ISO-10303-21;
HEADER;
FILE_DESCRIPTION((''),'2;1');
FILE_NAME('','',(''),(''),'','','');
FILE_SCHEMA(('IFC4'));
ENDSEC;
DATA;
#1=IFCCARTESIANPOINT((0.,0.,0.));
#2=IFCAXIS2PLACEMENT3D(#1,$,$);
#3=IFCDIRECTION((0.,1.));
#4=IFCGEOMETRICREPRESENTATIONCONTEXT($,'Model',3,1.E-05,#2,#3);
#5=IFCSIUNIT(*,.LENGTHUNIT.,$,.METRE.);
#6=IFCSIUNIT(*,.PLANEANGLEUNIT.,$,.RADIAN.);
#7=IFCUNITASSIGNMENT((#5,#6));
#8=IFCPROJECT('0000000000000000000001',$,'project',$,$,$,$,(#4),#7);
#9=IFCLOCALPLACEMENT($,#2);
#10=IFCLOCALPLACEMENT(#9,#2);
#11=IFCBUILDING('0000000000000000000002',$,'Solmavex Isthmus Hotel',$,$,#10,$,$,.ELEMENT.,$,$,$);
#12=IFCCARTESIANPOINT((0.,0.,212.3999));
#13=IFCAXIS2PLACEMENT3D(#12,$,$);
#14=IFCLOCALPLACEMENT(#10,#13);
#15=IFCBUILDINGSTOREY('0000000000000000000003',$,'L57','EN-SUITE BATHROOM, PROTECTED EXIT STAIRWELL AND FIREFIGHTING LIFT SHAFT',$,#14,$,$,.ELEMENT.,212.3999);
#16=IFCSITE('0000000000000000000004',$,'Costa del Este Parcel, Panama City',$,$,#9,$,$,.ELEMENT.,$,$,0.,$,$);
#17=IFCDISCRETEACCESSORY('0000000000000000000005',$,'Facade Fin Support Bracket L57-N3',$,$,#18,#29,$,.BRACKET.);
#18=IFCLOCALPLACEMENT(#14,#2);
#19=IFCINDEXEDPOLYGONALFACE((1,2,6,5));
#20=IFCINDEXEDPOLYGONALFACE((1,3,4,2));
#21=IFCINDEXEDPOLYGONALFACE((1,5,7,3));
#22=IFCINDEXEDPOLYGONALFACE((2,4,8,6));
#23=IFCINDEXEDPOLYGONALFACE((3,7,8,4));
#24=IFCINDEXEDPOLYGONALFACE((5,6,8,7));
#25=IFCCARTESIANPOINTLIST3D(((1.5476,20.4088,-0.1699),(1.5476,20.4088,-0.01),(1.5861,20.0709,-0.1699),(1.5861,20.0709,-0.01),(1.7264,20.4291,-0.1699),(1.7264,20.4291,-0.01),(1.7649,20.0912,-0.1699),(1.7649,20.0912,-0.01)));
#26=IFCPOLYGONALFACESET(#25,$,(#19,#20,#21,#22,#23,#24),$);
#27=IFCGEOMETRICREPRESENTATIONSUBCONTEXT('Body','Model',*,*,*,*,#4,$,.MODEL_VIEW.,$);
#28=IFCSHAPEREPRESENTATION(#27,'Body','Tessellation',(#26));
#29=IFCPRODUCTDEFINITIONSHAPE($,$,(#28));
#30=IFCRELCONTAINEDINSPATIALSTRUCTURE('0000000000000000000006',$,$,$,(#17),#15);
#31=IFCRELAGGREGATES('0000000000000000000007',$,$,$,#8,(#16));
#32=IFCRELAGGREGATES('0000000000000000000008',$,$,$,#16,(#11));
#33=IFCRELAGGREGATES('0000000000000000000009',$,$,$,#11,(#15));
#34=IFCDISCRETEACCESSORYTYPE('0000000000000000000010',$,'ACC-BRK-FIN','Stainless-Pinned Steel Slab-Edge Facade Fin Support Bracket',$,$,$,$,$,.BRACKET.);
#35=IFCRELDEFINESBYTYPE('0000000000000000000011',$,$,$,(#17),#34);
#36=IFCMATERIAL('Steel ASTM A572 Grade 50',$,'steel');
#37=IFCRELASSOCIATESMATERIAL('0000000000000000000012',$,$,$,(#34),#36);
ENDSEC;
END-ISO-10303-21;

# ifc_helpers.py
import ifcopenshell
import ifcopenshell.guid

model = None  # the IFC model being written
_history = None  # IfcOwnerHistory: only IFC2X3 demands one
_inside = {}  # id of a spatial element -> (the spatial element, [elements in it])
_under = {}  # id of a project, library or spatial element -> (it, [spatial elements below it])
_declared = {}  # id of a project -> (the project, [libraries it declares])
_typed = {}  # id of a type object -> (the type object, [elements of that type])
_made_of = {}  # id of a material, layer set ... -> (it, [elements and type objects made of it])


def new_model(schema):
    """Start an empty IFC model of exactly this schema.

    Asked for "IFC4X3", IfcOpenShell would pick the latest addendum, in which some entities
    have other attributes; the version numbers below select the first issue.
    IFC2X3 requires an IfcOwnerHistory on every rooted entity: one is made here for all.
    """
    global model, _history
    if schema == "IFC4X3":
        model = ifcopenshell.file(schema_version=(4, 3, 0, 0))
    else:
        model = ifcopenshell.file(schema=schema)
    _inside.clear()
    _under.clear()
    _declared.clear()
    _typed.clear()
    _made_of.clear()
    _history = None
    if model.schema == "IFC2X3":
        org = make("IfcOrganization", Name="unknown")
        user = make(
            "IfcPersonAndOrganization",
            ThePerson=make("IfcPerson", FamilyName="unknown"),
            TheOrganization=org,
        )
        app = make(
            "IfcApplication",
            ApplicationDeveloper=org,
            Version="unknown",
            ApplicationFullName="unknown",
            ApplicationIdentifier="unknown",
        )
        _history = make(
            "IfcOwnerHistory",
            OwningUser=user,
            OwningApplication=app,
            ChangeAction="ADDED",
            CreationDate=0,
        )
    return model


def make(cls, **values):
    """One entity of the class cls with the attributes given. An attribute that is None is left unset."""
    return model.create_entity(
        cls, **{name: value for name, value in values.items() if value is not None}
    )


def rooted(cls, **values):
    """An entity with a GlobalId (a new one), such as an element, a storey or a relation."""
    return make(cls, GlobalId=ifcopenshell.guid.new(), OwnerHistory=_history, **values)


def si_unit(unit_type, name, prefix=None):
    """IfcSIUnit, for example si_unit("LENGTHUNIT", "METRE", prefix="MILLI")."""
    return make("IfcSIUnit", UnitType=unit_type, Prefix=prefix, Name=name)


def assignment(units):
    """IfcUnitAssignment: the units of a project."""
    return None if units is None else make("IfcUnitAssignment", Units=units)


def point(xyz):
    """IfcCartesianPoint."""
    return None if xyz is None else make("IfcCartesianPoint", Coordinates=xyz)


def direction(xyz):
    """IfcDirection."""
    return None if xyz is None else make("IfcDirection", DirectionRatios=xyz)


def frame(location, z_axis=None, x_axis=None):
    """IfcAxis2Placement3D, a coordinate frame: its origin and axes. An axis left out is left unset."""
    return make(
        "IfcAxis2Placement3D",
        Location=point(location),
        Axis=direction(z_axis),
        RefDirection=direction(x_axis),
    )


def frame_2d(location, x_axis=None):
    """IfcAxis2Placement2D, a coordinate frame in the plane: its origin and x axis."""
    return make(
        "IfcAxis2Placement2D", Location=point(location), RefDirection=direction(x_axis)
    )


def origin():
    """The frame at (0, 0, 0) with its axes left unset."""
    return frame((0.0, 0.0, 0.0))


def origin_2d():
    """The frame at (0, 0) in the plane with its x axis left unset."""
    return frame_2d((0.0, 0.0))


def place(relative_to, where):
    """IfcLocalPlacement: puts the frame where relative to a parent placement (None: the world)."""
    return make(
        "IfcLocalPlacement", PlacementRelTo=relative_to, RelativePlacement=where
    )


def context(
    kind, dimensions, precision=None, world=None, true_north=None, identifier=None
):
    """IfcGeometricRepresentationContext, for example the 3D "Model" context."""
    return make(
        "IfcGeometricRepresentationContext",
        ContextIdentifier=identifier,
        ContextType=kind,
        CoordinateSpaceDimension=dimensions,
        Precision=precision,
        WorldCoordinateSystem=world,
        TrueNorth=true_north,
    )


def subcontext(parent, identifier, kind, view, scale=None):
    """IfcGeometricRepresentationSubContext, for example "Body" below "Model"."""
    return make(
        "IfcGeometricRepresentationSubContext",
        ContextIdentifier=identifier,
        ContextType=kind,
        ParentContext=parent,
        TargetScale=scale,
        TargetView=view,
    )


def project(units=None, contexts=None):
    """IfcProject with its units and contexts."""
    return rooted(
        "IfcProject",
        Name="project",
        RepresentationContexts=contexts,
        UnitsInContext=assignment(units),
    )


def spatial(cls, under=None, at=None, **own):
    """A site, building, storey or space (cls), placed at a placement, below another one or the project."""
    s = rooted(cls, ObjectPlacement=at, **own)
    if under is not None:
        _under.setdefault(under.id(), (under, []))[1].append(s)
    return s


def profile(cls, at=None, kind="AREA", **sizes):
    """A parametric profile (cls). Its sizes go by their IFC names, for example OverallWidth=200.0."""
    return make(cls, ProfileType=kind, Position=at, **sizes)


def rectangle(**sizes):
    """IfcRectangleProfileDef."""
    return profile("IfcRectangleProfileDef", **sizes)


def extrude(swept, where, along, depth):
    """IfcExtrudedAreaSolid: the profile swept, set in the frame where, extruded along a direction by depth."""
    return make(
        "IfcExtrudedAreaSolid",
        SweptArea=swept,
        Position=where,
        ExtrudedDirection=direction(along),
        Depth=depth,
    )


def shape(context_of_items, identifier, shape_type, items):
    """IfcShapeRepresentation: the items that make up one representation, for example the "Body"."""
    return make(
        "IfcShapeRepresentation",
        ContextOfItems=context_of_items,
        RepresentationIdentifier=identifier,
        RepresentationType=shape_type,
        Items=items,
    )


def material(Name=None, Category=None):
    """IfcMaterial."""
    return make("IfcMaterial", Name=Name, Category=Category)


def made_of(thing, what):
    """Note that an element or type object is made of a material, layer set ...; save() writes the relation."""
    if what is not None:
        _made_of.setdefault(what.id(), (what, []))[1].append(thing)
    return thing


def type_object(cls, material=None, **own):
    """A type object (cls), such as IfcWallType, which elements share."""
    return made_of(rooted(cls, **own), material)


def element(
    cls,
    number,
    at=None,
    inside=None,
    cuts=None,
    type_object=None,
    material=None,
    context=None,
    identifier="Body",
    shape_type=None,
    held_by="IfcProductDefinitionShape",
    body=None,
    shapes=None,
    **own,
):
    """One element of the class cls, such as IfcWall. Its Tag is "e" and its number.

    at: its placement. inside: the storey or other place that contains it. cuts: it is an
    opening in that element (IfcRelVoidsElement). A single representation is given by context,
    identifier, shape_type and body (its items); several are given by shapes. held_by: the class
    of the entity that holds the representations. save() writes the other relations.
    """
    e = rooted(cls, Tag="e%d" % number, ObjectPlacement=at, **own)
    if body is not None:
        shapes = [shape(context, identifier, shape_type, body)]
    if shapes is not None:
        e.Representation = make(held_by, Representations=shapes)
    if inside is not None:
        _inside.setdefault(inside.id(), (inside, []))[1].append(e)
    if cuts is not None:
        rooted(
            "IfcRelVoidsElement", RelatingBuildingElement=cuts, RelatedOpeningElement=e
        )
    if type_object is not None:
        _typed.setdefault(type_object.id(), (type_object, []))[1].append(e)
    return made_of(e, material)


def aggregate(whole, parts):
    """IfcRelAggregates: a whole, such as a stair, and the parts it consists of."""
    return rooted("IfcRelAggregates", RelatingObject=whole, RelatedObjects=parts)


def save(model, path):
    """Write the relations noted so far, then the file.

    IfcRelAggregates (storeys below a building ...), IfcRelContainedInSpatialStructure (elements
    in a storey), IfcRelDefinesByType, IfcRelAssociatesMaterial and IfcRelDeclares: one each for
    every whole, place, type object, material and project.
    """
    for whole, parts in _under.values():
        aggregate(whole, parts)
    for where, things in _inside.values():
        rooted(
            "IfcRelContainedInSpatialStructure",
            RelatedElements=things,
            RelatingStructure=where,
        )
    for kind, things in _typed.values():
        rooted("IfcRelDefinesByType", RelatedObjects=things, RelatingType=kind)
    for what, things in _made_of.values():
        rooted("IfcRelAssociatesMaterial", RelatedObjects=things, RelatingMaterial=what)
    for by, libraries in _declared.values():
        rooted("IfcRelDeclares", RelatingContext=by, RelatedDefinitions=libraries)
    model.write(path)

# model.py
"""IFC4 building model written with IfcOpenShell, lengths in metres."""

from ifc_helpers import new_model, si_unit, direction, frame, origin, origin_2d, place, context, subcontext, project, spatial, rectangle, extrude, material, type_object, element, save


model = new_model("IFC4")

# Units and contexts
model_context = context("Model", 3, precision=1e-05, world=origin(), true_north=direction((0.0, 1.0)))
body_context = subcontext(model_context, "Body", "Model", "MODEL_VIEW")
ifc_project = project(units=[si_unit("LENGTHUNIT", "METRE"), si_unit("PLANEANGLEUNIT", "RADIAN")], contexts=[model_context])

# Site, building, storey
site_placement = place(None, origin())
site = spatial("IfcSite", under=ifc_project, at=site_placement, Name="Costa del Este Parcel, Panama City", CompositionType="ELEMENT", RefElevation=0.0)
building_placement = place(site_placement, origin())
building = spatial("IfcBuilding", under=site, at=building_placement, Name="Solmavex Isthmus Hotel", CompositionType="ELEMENT")
storey_placement = place(building_placement, frame((0.0, 0.0, 212.3999)))
storey = spatial("IfcBuildingStorey", under=building, at=storey_placement, Name="L57", Description="EN-SUITE BATHROOM, PROTECTED EXIT STAIRWELL AND FIREFIGHTING LIFT SHAFT", CompositionType="ELEMENT", Elevation=212.3999)

# Discrete accessory
ifc_material_1 = material(Name="Steel ASTM A572 Grade 50", Category="steel")
discrete_accessory_type = type_object("IfcDiscreteAccessoryType", Name="ACC-BRK-FIN", Description="Stainless-Pinned Steel Slab-Edge Facade Fin Support Bracket", PredefinedType="BRACKET", material=ifc_material_1)
discrete_accessory_placement = place(storey_placement, frame((1.6562, 20.25, -0.1699), z_axis=(0.0, 0.0, 1.0), x_axis=(-0.113203, 0.993572, 0.0)))
element("IfcDiscreteAccessory", 1, at=discrete_accessory_placement, inside=storey, type_object=discrete_accessory_type, Name="Facade Fin Support Bracket L57-N3", PredefinedType="BRACKET", context=body_context, shape_type="SweptSolid", body=[
    extrude(rectangle(XDim=0.3401, YDim=0.1799, at=origin_2d()), origin(), (0.0, 0.0, 1.0), 0.1599),
])

save(model, "model.ifc")
